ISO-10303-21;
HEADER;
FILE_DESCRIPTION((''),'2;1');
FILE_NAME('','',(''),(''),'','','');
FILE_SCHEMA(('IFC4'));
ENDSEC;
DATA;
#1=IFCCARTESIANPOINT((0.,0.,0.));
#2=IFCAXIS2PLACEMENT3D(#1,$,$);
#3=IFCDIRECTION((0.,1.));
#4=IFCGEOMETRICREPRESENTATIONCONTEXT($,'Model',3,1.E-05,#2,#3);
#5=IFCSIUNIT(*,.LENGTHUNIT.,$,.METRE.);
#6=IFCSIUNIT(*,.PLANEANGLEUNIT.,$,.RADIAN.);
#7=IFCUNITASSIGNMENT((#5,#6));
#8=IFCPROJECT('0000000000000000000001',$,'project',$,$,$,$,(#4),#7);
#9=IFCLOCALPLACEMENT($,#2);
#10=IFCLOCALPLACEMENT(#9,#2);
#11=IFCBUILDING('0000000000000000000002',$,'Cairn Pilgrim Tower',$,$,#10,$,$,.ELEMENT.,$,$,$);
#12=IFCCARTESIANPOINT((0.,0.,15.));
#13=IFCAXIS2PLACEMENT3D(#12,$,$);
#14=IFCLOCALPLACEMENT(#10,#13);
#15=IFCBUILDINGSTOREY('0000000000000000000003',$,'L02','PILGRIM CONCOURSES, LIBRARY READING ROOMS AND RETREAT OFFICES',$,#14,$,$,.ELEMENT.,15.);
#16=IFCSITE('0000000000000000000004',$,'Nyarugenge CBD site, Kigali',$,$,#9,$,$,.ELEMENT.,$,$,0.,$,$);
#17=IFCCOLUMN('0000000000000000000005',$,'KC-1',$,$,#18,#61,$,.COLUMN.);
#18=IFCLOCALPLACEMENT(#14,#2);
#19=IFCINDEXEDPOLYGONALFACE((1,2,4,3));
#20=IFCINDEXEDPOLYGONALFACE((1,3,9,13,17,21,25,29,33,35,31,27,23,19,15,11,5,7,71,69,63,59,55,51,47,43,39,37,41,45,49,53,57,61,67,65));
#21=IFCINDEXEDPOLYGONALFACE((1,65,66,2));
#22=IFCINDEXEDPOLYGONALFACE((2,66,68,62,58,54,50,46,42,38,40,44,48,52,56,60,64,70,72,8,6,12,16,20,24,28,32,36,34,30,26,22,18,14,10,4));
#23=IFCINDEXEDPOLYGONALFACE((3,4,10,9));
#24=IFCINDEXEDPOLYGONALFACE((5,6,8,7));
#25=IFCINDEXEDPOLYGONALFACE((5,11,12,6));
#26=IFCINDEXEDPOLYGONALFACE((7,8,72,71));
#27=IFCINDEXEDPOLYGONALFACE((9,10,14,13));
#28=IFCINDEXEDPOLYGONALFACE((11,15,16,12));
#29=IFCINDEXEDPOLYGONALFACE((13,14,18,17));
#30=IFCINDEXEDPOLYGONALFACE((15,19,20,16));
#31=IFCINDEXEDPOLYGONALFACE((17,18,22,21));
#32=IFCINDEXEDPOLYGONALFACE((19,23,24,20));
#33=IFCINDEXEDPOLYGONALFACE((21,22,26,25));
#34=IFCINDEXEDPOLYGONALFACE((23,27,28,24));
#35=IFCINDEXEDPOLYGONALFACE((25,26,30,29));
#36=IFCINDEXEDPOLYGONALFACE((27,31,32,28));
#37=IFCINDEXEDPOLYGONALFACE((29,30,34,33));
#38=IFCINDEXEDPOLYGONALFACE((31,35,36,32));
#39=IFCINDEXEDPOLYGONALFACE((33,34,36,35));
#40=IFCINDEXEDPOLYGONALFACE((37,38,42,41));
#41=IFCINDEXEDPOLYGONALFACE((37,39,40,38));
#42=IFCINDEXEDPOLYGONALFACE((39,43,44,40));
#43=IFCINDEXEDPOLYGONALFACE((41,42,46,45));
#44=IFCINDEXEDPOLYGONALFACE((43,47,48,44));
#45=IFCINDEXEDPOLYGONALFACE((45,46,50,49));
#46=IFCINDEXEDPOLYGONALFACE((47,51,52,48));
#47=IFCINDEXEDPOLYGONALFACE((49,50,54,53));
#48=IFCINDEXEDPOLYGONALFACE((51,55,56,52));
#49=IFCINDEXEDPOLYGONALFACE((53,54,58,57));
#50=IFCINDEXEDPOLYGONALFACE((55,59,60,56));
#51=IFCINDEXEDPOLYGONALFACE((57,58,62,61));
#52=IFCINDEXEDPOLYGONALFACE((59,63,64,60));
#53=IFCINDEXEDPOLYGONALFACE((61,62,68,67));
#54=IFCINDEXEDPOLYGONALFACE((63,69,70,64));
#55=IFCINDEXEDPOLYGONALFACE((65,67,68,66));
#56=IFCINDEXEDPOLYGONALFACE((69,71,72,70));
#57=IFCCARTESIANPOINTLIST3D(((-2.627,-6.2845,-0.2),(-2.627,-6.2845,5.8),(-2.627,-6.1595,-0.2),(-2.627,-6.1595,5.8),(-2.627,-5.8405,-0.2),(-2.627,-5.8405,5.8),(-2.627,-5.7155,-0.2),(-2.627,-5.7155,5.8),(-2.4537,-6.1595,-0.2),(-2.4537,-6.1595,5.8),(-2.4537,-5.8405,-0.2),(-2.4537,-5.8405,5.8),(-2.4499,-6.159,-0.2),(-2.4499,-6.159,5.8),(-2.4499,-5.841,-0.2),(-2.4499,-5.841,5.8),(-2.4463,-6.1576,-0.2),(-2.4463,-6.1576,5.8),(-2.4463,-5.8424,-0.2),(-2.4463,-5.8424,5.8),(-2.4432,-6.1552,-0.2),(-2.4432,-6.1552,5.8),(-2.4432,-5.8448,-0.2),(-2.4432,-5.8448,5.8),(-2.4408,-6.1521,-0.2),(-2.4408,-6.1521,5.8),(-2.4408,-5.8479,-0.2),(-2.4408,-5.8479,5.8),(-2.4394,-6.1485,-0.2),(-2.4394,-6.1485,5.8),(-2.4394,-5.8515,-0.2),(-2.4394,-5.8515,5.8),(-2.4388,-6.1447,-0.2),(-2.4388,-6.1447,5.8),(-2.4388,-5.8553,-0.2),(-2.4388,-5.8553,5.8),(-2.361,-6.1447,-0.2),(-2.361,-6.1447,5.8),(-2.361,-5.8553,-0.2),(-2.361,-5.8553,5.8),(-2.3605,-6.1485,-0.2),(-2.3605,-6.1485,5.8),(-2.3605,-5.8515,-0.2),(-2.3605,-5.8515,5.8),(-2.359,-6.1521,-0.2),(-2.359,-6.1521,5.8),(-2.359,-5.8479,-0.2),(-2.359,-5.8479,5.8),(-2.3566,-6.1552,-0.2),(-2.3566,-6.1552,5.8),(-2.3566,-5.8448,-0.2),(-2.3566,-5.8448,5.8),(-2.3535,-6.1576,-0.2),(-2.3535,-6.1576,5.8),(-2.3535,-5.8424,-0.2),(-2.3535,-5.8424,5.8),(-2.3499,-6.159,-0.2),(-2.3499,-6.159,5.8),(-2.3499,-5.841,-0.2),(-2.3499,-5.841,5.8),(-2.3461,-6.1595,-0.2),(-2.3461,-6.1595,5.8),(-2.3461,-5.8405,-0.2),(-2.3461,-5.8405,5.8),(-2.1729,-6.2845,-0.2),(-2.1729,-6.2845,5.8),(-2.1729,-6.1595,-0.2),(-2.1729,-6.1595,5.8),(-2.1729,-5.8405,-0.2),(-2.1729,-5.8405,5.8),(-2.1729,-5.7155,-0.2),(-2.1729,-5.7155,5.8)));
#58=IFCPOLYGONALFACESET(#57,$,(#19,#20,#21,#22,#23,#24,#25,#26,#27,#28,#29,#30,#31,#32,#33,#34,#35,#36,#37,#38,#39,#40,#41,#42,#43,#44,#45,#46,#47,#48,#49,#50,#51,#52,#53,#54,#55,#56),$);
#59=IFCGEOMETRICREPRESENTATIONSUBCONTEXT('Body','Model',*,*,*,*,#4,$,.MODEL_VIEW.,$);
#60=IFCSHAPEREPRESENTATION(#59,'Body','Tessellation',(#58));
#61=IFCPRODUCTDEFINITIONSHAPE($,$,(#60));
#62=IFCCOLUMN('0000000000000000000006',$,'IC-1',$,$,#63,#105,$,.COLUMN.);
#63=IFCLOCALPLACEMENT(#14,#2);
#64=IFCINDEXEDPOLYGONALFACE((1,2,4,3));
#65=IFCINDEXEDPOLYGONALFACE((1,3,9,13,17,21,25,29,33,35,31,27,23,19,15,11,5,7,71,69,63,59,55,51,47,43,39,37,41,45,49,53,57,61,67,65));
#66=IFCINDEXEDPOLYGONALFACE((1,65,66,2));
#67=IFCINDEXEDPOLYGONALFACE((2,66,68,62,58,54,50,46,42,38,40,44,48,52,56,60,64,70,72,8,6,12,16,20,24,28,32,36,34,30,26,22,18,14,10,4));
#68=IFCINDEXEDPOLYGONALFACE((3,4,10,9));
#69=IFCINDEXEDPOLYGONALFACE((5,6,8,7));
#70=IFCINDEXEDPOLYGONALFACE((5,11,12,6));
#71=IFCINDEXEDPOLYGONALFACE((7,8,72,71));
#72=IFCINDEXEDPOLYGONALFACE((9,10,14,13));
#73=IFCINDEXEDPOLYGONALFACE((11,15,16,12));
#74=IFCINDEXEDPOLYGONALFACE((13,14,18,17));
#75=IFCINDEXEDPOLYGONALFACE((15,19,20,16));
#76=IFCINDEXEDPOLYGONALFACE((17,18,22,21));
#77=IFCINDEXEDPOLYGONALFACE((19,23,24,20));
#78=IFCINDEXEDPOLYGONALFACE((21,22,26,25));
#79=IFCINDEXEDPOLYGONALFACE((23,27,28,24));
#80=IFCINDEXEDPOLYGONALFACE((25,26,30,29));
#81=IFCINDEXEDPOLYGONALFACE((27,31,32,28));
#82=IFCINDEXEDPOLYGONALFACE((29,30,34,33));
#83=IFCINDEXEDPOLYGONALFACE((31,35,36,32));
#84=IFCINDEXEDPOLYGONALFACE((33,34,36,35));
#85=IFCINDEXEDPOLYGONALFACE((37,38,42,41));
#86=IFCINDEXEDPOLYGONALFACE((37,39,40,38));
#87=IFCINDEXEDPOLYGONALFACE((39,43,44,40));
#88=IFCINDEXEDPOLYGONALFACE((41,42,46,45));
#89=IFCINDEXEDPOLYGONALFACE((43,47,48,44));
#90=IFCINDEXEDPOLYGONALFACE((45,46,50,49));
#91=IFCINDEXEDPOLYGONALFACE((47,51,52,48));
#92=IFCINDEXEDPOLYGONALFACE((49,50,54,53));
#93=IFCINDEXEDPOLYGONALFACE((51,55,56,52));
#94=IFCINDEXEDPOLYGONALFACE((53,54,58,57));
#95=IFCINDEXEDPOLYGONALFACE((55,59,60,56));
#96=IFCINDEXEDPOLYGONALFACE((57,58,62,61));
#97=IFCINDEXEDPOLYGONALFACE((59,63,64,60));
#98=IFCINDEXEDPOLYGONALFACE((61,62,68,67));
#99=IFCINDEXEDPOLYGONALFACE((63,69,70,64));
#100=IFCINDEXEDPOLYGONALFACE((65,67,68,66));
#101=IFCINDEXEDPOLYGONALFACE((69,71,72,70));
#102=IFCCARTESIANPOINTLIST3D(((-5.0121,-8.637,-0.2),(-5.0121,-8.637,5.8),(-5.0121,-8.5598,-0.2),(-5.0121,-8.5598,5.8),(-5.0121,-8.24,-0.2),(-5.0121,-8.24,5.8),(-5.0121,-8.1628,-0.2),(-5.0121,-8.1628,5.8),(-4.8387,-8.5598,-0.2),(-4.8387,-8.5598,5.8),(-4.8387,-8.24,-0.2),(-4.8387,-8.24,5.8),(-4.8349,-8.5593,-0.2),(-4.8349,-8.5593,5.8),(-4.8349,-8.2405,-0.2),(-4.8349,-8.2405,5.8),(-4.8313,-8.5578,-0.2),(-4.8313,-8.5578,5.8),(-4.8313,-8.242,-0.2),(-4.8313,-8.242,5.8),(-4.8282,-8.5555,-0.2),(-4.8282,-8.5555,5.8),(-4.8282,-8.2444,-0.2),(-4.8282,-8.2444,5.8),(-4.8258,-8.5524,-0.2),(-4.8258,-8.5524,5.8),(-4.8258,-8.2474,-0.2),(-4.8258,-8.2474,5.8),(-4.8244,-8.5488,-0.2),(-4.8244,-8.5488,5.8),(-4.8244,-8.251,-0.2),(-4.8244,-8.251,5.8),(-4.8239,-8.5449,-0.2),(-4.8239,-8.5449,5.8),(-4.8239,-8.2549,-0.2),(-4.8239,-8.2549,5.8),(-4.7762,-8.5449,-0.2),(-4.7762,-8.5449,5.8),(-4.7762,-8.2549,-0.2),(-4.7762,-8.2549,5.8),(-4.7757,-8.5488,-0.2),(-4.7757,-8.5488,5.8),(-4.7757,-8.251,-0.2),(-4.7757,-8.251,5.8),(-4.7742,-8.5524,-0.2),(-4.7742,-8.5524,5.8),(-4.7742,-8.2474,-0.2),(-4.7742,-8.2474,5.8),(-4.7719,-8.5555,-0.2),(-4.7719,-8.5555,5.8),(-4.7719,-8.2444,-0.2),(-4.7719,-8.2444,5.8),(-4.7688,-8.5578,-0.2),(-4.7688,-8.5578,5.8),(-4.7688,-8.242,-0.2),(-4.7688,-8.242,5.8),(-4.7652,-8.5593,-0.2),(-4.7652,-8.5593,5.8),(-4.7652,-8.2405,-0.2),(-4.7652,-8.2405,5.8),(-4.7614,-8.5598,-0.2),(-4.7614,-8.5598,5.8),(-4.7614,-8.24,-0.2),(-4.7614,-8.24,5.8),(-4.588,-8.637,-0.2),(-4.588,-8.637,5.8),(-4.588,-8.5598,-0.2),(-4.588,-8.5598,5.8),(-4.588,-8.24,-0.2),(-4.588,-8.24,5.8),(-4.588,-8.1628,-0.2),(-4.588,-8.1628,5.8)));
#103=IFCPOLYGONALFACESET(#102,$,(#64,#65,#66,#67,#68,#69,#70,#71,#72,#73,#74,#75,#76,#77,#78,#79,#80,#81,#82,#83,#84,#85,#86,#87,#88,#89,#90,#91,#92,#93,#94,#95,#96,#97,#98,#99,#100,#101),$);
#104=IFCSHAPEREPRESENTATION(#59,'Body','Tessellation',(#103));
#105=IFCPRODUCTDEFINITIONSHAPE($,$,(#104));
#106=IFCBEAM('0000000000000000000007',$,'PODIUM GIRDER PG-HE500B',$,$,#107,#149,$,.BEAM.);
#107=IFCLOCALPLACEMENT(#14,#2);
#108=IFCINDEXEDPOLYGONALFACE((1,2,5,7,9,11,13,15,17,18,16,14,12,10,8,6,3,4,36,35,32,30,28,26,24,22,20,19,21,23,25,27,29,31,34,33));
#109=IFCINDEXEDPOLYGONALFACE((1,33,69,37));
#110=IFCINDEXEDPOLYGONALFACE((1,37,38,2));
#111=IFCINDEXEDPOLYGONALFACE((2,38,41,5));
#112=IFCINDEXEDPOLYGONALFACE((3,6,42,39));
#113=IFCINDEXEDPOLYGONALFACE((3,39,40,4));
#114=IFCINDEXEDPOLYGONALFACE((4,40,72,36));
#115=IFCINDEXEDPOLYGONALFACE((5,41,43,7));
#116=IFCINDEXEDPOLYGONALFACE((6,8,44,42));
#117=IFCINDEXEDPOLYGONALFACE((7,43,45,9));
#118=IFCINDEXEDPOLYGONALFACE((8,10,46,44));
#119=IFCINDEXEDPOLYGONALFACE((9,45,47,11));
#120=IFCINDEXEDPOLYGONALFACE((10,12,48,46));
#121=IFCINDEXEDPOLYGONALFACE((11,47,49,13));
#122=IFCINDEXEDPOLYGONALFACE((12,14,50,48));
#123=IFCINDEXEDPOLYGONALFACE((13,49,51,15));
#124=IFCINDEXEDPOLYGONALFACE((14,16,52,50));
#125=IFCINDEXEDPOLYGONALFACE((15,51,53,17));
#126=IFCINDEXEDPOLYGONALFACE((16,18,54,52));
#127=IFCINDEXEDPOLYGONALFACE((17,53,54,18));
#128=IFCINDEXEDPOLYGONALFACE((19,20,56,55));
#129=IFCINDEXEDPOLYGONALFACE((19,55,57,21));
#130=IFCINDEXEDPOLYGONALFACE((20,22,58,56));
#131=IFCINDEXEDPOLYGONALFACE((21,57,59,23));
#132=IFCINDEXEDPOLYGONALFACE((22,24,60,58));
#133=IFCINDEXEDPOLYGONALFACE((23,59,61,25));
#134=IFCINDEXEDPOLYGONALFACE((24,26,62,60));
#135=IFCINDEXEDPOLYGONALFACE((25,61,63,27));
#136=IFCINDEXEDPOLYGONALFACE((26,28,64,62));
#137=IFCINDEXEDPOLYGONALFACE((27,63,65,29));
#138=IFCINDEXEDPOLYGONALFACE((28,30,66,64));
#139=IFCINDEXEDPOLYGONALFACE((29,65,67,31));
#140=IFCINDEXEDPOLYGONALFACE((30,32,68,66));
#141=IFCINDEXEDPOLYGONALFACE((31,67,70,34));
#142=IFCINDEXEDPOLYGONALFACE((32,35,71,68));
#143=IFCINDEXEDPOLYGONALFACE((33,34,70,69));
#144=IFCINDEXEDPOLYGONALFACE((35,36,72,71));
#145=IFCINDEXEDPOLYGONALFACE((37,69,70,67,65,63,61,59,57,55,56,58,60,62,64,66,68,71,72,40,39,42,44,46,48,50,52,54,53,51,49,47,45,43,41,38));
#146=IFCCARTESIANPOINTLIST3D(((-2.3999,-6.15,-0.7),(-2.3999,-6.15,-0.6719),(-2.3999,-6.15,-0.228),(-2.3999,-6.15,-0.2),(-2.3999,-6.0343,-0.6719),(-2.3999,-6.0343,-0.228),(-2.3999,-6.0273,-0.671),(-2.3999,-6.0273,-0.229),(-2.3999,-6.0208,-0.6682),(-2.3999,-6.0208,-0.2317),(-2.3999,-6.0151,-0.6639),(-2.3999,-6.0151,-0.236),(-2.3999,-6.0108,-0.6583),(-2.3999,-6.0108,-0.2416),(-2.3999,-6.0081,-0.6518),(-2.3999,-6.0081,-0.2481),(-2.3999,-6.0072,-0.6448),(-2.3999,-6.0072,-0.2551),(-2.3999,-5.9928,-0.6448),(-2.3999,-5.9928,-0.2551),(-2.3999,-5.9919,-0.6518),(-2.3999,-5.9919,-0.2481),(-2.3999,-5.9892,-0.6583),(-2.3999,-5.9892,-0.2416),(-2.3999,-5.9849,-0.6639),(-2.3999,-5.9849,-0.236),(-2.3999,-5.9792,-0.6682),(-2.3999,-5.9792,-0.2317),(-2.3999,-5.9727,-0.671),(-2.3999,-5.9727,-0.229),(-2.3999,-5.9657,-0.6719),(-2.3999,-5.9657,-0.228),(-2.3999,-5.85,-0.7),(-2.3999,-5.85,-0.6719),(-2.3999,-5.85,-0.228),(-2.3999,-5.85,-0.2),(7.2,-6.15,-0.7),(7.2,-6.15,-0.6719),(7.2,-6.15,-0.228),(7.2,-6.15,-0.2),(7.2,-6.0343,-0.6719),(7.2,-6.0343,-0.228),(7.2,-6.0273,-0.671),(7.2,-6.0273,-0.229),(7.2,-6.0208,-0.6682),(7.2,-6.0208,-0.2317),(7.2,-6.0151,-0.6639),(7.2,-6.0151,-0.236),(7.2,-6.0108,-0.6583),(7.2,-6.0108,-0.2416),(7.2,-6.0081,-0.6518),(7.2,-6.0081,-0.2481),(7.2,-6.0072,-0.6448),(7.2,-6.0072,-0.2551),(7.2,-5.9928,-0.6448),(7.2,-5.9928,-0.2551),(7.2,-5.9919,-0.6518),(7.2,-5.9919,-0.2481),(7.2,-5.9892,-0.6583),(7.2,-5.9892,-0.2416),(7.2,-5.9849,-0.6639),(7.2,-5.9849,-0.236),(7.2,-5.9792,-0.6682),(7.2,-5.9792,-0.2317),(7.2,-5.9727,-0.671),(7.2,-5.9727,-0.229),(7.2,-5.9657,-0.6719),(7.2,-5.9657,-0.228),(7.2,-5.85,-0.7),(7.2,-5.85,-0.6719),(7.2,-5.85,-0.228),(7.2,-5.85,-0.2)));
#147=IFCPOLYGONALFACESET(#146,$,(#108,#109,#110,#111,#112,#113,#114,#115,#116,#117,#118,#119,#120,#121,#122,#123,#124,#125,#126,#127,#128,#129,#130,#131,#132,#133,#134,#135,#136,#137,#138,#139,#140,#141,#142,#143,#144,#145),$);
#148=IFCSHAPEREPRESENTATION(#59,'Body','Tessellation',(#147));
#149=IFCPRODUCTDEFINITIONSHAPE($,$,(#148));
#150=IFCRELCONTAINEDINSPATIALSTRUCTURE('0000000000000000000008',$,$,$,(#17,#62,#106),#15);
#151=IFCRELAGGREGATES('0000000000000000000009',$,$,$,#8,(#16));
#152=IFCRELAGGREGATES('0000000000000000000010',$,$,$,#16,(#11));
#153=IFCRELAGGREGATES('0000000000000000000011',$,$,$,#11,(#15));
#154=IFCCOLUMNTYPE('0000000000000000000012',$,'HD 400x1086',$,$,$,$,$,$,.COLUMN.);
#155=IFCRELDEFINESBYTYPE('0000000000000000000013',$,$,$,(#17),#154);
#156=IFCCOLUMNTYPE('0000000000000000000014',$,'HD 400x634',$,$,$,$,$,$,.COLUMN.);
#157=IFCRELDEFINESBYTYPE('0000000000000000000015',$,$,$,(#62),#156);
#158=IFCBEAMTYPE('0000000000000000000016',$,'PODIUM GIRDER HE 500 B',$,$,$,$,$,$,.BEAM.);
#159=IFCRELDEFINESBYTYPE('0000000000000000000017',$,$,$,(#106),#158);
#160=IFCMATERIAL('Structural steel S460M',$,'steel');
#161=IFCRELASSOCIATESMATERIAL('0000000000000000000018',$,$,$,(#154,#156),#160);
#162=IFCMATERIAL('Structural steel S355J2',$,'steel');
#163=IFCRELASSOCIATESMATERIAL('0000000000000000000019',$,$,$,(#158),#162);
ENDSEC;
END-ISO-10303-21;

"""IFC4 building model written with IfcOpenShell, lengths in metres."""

from ifc_helpers import new_model, si_unit, direction, frame, origin, origin_2d, place, context, subcontext, project, spatial, i_section, extrude, material, material_profile, profile_set, type_object, element, save


model = new_model("IFC4")

# Units and contexts
model_context = context("Model", 3, precision=1e-05, world=origin(), true_north=direction((0.0, 1.0)))
body_context = subcontext(model_context, "Body", "Model", "MODEL_VIEW")
ifc_project = project(units=[si_unit("LENGTHUNIT", "METRE"), si_unit("PLANEANGLEUNIT", "RADIAN")], contexts=[model_context])

# Site, building, storey
site_placement = place(None, origin())
site = spatial("IfcSite", under=ifc_project, at=site_placement, Name="Nyarugenge CBD site, Kigali", CompositionType="ELEMENT", RefElevation=0.0)
building_placement = place(site_placement, origin())
building = spatial("IfcBuilding", under=site, at=building_placement, Name="Cairn Pilgrim Tower", CompositionType="ELEMENT")
storey_placement = place(building_placement, frame((0.0, 0.0, 15.0)))
storey = spatial("IfcBuildingStorey", under=building, at=storey_placement, Name="L02", Description="PILGRIM CONCOURSES, LIBRARY READING ROOMS AND RETREAT OFFICES", CompositionType="ELEMENT", Elevation=15.0)

# Columns
ifc_material_1 = material(Name="Structural steel S460M", Category="steel")
ifc_material_profile_1 = material_profile(ifc_material_1, i_section(OverallWidth=0.4541, OverallDepth=0.5691, WebThickness=0.0779, FlangeThickness=0.125, FilletRadius=0.0149, at=origin_2d()), Name="HD 400x1086")
ifc_profile_set_1 = profile_set([ifc_material_profile_1], Name="Structural steel S460M")
column_type_1 = type_object("IfcColumnType", Name="HD 400x1086", PredefinedType="COLUMN", material=ifc_profile_set_1)
column_1_placement = place(storey_placement, frame((-2.3999, -6.0, -0.2), z_axis=(0.0, 0.0, 1.0), x_axis=(1.0, 0.0, 0.0)))
element("IfcColumn", 1, at=column_1_placement, inside=storey, type_object=column_type_1, Name="KC-1", PredefinedType="COLUMN", context=body_context, shape_type="SweptSolid", body=[
    extrude(i_section(OverallWidth=0.4541, OverallDepth=0.5691, WebThickness=0.0779, FlangeThickness=0.125, FilletRadius=0.0149, at=origin_2d()), origin(), (0.0, 0.0, 1.0), 6.0),
])
ifc_material_profile_2 = material_profile(ifc_material_1, i_section(OverallWidth=0.4241, OverallDepth=0.4741, WebThickness=0.0476, FlangeThickness=0.0771, FilletRadius=0.0149, at=origin_2d()), Name="HD 400x634")
ifc_profile_set_2 = profile_set([ifc_material_profile_2], Name="Structural steel S460M")
column_type_2 = type_object("IfcColumnType", Name="HD 400x634", PredefinedType="COLUMN", material=ifc_profile_set_2)
column_2_placement = place(storey_placement, frame((-4.8, -8.3999, -0.2), z_axis=(0.0, 0.0, 1.0), x_axis=(1.0, 0.0, 0.0)))
element("IfcColumn", 2, at=column_2_placement, inside=storey, type_object=column_type_2, Name="IC-1", PredefinedType="COLUMN", context=body_context, shape_type="SweptSolid", body=[
    extrude(i_section(OverallWidth=0.4241, OverallDepth=0.4741, WebThickness=0.0476, FlangeThickness=0.0771, FilletRadius=0.0149, at=origin_2d()), origin(), (0.0, 0.0, 1.0), 6.0),
])

# Beam
ifc_material_2 = material(Name="Structural steel S355J2", Category="steel")
ifc_material_profile_3 = material_profile(ifc_material_2, i_section(OverallWidth=0.3, OverallDepth=0.5, WebThickness=0.0144, FlangeThickness=0.0281, FilletRadius=0.0271, at=origin_2d()), Name="HEB 500")
ifc_profile_set_3 = profile_set([ifc_material_profile_3], Name="Structural steel S355J2")
beam_type_1 = type_object("IfcBeamType", Name="PODIUM GIRDER HE 500 B", PredefinedType="BEAM", material=ifc_profile_set_3)
beam_1_placement = place(storey_placement, frame((-2.3999, -6.0, -0.45), z_axis=(1.0, 0.0, 0.0), x_axis=(0.0, 1.0, 0.0)))
element("IfcBeam", 3, at=beam_1_placement, inside=storey, type_object=beam_type_1, Name="PODIUM GIRDER PG-HE500B", PredefinedType="BEAM", context=body_context, shape_type="SweptSolid", body=[
    extrude(i_section(OverallWidth=0.3, OverallDepth=0.5, WebThickness=0.0144, FlangeThickness=0.0281, FilletRadius=0.0271, at=origin_2d()), origin(), (0.0, 0.0, 1.0), 9.5999),
])

save(model, "model.ifc")
